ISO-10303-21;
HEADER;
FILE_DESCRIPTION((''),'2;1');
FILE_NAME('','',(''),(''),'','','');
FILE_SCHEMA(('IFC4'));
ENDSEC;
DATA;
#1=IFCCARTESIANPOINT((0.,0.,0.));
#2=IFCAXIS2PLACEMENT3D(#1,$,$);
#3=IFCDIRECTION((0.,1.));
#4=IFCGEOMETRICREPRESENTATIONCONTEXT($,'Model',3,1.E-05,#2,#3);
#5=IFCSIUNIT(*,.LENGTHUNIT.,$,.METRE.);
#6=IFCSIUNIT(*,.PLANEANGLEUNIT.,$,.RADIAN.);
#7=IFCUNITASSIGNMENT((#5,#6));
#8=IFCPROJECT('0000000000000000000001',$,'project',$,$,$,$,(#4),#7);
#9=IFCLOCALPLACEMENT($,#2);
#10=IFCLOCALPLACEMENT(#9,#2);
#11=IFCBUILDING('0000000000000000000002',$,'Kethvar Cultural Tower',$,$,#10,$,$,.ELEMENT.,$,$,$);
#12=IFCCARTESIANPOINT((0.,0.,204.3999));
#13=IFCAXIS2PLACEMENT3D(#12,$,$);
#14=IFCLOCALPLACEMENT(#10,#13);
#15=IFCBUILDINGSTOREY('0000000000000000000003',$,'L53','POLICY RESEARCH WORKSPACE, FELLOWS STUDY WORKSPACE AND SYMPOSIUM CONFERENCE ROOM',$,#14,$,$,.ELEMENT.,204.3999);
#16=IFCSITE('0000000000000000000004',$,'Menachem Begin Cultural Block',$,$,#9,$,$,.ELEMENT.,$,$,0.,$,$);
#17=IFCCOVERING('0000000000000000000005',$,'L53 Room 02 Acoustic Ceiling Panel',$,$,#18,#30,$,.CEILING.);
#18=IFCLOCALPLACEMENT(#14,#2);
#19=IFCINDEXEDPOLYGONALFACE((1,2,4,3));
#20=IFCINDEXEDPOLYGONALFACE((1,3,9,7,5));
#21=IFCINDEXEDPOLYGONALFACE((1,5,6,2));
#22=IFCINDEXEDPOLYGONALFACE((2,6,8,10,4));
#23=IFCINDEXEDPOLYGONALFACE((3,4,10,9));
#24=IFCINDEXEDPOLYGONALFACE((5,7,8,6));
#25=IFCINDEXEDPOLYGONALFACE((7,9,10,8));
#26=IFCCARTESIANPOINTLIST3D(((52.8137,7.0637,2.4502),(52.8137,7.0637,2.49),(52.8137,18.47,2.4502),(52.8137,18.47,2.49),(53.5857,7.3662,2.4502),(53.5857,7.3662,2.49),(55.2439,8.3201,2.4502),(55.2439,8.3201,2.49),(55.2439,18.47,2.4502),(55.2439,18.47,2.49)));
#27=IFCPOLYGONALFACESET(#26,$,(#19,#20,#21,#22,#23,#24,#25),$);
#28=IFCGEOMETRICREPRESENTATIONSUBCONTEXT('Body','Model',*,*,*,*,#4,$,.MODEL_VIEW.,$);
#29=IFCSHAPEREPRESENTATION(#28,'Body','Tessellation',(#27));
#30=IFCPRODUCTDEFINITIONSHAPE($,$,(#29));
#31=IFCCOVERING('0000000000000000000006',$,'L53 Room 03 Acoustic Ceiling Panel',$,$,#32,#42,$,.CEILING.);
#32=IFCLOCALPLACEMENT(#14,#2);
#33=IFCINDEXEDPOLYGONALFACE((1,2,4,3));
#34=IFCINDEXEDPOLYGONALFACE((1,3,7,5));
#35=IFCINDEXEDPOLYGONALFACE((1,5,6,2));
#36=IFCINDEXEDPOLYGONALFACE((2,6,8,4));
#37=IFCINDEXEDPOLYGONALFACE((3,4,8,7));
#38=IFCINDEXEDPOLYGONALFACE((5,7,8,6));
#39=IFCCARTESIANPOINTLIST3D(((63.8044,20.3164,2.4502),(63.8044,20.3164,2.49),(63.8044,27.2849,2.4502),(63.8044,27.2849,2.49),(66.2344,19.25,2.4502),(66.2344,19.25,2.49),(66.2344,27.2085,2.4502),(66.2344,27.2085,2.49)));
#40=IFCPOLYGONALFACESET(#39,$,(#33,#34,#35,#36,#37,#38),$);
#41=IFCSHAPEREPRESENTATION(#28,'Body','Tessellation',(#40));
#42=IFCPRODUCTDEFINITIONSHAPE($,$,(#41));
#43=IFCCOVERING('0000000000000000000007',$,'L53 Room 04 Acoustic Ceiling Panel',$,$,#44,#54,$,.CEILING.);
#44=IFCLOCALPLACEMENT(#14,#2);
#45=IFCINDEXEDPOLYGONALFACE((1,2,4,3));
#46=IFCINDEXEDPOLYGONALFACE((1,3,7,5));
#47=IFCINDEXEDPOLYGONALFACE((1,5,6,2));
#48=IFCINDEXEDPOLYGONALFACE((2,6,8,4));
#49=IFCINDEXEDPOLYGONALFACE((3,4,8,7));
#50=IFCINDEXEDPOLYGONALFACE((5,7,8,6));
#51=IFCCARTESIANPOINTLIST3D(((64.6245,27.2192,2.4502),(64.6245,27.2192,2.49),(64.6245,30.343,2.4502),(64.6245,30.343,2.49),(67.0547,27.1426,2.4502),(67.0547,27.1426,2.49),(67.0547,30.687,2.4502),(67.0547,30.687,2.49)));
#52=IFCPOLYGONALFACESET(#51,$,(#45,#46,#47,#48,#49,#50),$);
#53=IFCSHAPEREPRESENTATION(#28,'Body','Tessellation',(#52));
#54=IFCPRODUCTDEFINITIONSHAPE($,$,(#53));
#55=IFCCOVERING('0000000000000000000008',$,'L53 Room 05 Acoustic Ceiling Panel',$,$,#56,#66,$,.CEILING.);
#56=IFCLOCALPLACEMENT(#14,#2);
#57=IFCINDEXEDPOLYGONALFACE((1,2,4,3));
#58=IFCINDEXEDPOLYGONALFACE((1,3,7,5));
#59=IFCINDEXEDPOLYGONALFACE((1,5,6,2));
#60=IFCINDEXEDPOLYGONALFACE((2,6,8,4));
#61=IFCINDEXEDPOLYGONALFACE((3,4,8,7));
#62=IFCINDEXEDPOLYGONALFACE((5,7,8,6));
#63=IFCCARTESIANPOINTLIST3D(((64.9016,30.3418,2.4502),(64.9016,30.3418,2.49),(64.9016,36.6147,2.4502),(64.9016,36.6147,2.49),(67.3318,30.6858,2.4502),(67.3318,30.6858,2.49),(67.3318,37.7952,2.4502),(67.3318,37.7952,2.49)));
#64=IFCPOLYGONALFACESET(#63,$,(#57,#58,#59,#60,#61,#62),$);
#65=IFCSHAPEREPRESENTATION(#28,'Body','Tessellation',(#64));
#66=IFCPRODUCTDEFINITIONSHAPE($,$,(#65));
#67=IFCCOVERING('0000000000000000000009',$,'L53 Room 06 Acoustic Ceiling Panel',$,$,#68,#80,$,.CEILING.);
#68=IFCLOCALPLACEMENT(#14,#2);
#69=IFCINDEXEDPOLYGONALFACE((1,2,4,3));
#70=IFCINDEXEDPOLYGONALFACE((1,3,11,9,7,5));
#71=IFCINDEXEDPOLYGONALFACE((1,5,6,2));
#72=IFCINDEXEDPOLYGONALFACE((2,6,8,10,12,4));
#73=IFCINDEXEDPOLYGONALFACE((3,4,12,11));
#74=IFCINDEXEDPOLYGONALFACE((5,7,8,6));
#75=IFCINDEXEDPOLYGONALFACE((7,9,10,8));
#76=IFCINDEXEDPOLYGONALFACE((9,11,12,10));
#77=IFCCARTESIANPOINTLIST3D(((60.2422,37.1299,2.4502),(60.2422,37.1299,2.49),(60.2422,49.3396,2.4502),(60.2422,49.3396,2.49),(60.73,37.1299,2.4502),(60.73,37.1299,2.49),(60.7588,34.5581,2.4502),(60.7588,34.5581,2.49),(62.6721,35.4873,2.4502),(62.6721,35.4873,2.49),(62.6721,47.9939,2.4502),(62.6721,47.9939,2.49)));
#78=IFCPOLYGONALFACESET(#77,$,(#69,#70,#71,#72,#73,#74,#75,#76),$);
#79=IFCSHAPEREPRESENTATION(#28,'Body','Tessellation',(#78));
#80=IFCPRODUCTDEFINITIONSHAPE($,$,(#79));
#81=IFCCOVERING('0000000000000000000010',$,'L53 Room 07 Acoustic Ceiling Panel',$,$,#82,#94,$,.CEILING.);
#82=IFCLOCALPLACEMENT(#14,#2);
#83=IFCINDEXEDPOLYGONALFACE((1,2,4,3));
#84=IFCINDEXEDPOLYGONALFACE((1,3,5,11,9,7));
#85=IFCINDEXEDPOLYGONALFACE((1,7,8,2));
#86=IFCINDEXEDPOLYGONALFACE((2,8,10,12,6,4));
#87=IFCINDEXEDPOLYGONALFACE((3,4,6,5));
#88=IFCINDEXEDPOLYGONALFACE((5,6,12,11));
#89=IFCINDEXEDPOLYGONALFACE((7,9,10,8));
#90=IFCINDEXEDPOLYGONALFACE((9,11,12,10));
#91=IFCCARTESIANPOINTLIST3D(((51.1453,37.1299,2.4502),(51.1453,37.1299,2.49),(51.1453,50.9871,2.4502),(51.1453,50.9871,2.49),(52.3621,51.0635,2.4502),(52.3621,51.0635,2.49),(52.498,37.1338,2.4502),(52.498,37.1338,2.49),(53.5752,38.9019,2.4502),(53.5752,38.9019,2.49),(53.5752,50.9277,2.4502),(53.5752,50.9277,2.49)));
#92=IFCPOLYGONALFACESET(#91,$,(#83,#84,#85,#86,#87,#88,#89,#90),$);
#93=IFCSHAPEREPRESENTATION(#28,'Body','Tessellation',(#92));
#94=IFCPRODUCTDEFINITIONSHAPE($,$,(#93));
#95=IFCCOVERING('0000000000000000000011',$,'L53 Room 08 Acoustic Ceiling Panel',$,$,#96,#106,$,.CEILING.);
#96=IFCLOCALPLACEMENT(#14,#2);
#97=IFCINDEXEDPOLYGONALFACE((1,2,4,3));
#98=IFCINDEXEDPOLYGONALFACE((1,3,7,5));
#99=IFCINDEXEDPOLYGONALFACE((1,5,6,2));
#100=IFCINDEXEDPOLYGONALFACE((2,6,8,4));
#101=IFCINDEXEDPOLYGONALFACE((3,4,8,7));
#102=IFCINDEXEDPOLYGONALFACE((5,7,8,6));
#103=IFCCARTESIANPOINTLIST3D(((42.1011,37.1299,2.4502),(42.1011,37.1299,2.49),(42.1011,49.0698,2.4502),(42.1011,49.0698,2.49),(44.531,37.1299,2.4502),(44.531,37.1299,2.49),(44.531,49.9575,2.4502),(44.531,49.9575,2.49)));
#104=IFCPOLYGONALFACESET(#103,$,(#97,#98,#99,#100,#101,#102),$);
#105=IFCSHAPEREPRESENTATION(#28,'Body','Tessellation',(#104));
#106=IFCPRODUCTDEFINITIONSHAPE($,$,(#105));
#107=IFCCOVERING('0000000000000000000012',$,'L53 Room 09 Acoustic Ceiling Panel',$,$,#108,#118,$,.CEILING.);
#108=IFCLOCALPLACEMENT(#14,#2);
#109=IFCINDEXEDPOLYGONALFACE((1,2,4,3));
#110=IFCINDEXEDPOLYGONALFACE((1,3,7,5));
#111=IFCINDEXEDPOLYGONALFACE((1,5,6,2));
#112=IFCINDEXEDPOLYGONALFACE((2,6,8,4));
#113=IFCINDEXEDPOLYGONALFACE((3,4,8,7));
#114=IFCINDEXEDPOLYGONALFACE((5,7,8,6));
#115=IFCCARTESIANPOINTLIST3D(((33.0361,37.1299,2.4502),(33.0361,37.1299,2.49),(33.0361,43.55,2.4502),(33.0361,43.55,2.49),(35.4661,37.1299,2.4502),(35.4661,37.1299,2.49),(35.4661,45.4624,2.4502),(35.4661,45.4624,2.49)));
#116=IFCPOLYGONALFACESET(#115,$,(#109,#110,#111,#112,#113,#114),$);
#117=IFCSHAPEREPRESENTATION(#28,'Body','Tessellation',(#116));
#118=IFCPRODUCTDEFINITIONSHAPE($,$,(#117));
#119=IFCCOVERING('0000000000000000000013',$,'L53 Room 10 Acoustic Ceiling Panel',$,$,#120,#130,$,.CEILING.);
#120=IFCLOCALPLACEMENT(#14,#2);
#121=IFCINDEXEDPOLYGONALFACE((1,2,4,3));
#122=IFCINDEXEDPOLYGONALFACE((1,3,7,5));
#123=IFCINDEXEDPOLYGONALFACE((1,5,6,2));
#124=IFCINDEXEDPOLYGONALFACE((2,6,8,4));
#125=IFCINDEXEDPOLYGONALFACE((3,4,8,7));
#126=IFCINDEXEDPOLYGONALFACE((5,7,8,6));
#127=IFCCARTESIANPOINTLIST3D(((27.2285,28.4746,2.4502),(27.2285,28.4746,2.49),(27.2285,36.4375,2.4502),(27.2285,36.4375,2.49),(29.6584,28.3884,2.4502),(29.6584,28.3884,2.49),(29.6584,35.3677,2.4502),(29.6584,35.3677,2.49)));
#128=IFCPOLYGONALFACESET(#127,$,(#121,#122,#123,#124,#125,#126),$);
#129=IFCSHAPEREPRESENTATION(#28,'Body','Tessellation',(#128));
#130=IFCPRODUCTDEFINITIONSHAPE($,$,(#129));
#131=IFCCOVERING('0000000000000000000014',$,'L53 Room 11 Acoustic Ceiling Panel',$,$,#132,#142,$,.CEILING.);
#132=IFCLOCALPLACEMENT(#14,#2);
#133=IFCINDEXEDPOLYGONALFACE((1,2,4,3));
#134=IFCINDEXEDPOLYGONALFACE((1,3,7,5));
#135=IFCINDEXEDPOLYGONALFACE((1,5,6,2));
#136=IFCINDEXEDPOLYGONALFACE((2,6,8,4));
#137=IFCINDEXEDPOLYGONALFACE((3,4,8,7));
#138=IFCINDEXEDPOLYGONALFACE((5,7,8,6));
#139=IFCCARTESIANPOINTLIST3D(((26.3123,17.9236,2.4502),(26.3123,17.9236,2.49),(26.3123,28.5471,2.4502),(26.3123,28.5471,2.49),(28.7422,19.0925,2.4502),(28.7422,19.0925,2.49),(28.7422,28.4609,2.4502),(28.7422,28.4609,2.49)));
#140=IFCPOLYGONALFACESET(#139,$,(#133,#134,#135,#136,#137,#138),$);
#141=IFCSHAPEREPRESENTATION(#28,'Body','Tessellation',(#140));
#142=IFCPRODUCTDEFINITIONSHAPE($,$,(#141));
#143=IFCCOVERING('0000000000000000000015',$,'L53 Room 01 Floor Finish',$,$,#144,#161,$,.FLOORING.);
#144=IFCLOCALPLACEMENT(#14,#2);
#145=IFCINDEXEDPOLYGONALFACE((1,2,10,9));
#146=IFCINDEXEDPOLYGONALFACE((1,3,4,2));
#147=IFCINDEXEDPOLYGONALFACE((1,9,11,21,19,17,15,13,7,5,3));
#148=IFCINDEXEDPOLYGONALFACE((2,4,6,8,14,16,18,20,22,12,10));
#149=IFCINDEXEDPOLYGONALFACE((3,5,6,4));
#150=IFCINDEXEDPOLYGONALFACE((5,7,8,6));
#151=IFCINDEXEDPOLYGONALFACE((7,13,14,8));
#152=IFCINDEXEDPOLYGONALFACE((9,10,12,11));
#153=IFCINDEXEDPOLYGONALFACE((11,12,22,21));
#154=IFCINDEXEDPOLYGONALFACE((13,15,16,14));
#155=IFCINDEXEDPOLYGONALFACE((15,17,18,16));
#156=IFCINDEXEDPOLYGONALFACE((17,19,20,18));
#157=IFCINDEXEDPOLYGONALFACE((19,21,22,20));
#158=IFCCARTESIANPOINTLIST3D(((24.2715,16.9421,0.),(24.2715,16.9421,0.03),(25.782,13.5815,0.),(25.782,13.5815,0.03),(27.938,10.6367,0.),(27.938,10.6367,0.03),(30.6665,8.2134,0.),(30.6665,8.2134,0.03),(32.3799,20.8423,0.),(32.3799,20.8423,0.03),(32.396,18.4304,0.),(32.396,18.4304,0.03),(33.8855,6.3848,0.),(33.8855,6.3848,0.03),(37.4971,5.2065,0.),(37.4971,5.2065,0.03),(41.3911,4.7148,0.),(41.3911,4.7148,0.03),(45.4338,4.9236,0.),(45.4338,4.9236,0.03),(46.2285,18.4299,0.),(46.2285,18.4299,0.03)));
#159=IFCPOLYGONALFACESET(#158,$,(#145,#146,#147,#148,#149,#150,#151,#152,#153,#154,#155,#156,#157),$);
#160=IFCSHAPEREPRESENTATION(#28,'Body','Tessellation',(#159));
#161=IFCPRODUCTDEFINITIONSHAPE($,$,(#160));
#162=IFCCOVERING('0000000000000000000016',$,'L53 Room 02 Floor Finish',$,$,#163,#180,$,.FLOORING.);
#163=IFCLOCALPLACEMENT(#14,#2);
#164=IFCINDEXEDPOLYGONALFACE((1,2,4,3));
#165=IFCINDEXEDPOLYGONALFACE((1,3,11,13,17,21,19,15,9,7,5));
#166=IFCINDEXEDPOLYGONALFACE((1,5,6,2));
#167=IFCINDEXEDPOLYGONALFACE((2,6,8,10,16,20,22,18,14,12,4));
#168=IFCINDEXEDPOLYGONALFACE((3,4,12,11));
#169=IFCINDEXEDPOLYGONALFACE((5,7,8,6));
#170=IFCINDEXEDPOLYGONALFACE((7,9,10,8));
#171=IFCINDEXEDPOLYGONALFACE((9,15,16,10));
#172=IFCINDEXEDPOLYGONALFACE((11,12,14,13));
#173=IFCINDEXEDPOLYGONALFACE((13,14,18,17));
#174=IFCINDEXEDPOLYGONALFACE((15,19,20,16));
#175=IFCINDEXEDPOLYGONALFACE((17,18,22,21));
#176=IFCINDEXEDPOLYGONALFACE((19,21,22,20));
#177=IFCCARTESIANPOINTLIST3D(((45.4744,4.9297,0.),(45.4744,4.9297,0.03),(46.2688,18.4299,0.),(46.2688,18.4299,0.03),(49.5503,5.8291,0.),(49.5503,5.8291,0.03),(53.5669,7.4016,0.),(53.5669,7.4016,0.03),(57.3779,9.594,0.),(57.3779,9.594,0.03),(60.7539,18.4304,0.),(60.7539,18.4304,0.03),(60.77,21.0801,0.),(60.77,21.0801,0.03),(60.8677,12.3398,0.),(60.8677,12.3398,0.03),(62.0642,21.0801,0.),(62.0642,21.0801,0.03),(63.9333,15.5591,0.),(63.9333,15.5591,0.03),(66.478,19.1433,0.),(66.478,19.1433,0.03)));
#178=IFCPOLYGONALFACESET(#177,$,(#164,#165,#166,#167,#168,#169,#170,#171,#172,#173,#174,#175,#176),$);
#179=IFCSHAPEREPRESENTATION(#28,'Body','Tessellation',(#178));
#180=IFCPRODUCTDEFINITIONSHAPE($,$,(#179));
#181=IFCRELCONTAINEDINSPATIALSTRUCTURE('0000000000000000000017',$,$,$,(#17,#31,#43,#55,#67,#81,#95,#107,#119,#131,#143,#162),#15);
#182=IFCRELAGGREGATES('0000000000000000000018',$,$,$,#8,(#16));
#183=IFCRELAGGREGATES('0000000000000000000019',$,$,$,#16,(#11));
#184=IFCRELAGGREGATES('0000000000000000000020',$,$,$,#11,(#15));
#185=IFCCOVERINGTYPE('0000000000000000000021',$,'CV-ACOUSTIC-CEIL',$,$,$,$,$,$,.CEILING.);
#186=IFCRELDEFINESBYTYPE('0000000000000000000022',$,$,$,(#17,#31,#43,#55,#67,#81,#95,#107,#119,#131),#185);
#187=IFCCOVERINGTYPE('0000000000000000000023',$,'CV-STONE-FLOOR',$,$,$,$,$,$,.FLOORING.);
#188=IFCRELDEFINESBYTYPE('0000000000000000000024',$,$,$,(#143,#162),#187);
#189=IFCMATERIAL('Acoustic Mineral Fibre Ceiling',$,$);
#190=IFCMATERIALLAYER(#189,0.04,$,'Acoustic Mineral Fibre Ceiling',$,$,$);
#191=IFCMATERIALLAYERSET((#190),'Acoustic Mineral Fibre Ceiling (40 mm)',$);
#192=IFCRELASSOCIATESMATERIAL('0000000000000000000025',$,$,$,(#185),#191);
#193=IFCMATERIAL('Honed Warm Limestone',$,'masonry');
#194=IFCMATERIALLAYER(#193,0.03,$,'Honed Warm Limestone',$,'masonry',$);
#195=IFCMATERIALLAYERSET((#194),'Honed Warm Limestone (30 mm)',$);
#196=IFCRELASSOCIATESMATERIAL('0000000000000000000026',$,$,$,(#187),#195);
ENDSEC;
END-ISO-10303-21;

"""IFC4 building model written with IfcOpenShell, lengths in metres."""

from ifc_helpers import new_model, si_unit, direction, frame, origin, place, context, subcontext, project, spatial, polyline, outline, extrude, material, layer, layer_set, type_object, element, save


model = new_model("IFC4")

# Units and contexts
model_context = context("Model", 3, precision=1e-05, world=origin(), true_north=direction((0.0, 1.0)))
body_context = subcontext(model_context, "Body", "Model", "MODEL_VIEW")
ifc_project = project(units=[si_unit("LENGTHUNIT", "METRE"), si_unit("PLANEANGLEUNIT", "RADIAN")], contexts=[model_context])

# Site, building, storey
site_placement = place(None, origin())
site = spatial("IfcSite", under=ifc_project, at=site_placement, Name="Menachem Begin Cultural Block", CompositionType="ELEMENT", RefElevation=0.0)
building_placement = place(site_placement, origin())
building = spatial("IfcBuilding", under=site, at=building_placement, Name="Kethvar Cultural Tower", CompositionType="ELEMENT")
storey_placement = place(building_placement, frame((0.0, 0.0, 204.3999)))
storey = spatial("IfcBuildingStorey", under=building, at=storey_placement, Name="L53", Description="POLICY RESEARCH WORKSPACE, FELLOWS STUDY WORKSPACE AND SYMPOSIUM CONFERENCE ROOM", CompositionType="ELEMENT", Elevation=204.3999)

# Coverings
ifc_material_1 = material(Name="Acoustic Mineral Fibre Ceiling")
ifc_layer_1 = layer(ifc_material_1, 0.04, Name="Acoustic Mineral Fibre Ceiling")
ifc_layer_set_1 = layer_set([ifc_layer_1], Name="Acoustic Mineral Fibre Ceiling (40 mm)")
covering_type_1 = type_object("IfcCoveringType", Name="CV-ACOUSTIC-CEIL", PredefinedType="CEILING", material=ifc_layer_set_1)
covering_1_placement = place(storey_placement, frame((0.0, 0.0, 2.4502)))
element("IfcCovering", 1, at=covering_1_placement, inside=storey, type_object=covering_type_1, Name="L53 Room 02 Acoustic Ceiling Panel", PredefinedType="CEILING", context=body_context, shape_type="SweptSolid", body=[
    extrude(outline(polyline([(53.5857, 7.3662), (52.8137, 7.0637), (52.8137, 18.47), (55.2439, 18.47), (55.2439, 8.3201), (53.5857, 7.3662)])), origin(), (0.0, 0.0, 1.0), 0.0398),
])
covering_2_placement = place(storey_placement, frame((0.0, 0.0, 2.4502)))
element("IfcCovering", 2, at=covering_2_placement, inside=storey, type_object=covering_type_1, Name="L53 Room 03 Acoustic Ceiling Panel", PredefinedType="CEILING", context=body_context, shape_type="SweptSolid", body=[
    extrude(outline(polyline([(63.8044, 20.3164), (63.8044, 27.2849), (66.2344, 27.2085), (66.2344, 19.25), (63.8044, 20.3164)])), origin(), (0.0, 0.0, 1.0), 0.0398),
])
covering_3_placement = place(storey_placement, frame((0.0, 0.0, 2.4502)))
element("IfcCovering", 3, at=covering_3_placement, inside=storey, type_object=covering_type_1, Name="L53 Room 04 Acoustic Ceiling Panel", PredefinedType="CEILING", context=body_context, shape_type="SweptSolid", body=[
    extrude(outline(polyline([(64.6245, 27.2192), (64.6245, 30.343), (67.0547, 30.687), (67.0547, 27.1426), (64.6245, 27.2192)])), origin(), (0.0, 0.0, 1.0), 0.0398),
])
covering_4_placement = place(storey_placement, frame((0.0, 0.0, 2.4502)))
element("IfcCovering", 4, at=covering_4_placement, inside=storey, type_object=covering_type_1, Name="L53 Room 05 Acoustic Ceiling Panel", PredefinedType="CEILING", context=body_context, shape_type="SweptSolid", body=[
    extrude(outline(polyline([(64.9016, 30.3418), (64.9016, 36.6147), (67.3318, 37.7952), (67.3318, 30.6858), (64.9016, 30.3418)])), origin(), (0.0, 0.0, 1.0), 0.0398),
])
covering_5_placement = place(storey_placement, frame((0.0, 0.0, 2.4502)))
element("IfcCovering", 5, at=covering_5_placement, inside=storey, type_object=covering_type_1, Name="L53 Room 06 Acoustic Ceiling Panel", PredefinedType="CEILING", context=body_context, shape_type="SweptSolid", body=[
    extrude(outline(polyline([(60.7588, 34.5581), (60.73, 37.1299), (60.2422, 37.1299), (60.2422, 49.3396), (62.6721, 47.9939), (62.6721, 35.4873), (60.7588, 34.5581)])), origin(), (0.0, 0.0, 1.0), 0.0398),
])
covering_6_placement = place(storey_placement, frame((0.0, 0.0, 2.4502)))
element("IfcCovering", 6, at=covering_6_placement, inside=storey, type_object=covering_type_1, Name="L53 Room 07 Acoustic Ceiling Panel", PredefinedType="CEILING", context=body_context, shape_type="SweptSolid", body=[
    extrude(outline(polyline([(52.3621, 51.0635), (53.5752, 50.9277), (53.5752, 38.9019), (52.498, 37.1338), (51.1453, 37.1299), (51.1453, 50.9871), (52.3621, 51.0635)])), origin(), (0.0, 0.0, 1.0), 0.0398),
])
covering_7_placement = place(storey_placement, frame((0.0, 0.0, 2.4502)))
element("IfcCovering", 7, at=covering_7_placement, inside=storey, type_object=covering_type_1, Name="L53 Room 08 Acoustic Ceiling Panel", PredefinedType="CEILING", context=body_context, shape_type="SweptSolid", body=[
    extrude(outline(polyline([(42.1011, 49.0698), (44.531, 49.9575), (44.531, 37.1299), (42.1011, 37.1299), (42.1011, 49.0698)])), origin(), (0.0, 0.0, 1.0), 0.0398),
])
covering_8_placement = place(storey_placement, frame((0.0, 0.0, 2.4502)))
element("IfcCovering", 8, at=covering_8_placement, inside=storey, type_object=covering_type_1, Name="L53 Room 09 Acoustic Ceiling Panel", PredefinedType="CEILING", context=body_context, shape_type="SweptSolid", body=[
    extrude(outline(polyline([(35.4661, 45.4624), (35.4661, 37.1299), (33.0361, 37.1299), (33.0361, 43.55), (35.4661, 45.4624)])), origin(), (0.0, 0.0, 1.0), 0.0398),
])
covering_9_placement = place(storey_placement, frame((0.0, 0.0, 2.4502)))
element("IfcCovering", 9, at=covering_9_placement, inside=storey, type_object=covering_type_1, Name="L53 Room 10 Acoustic Ceiling Panel", PredefinedType="CEILING", context=body_context, shape_type="SweptSolid", body=[
    extrude(outline(polyline([(29.6584, 35.3677), (29.6584, 28.3884), (27.2285, 28.4746), (27.2285, 36.4375), (29.6584, 35.3677)])), origin(), (0.0, 0.0, 1.0), 0.0398),
])
covering_10_placement = place(storey_placement, frame((0.0, 0.0, 2.4502)))
element("IfcCovering", 10, at=covering_10_placement, inside=storey, type_object=covering_type_1, Name="L53 Room 11 Acoustic Ceiling Panel", PredefinedType="CEILING", context=body_context, shape_type="SweptSolid", body=[
    extrude(outline(polyline([(28.7422, 28.4609), (28.7422, 19.0925), (26.3123, 17.9236), (26.3123, 28.5471), (28.7422, 28.4609)])), origin(), (0.0, 0.0, 1.0), 0.0398),
])
ifc_material_2 = material(Name="Honed Warm Limestone", Category="masonry")
ifc_layer_2 = layer(ifc_material_2, 0.03, Name="Honed Warm Limestone", Category="masonry")
ifc_layer_set_2 = layer_set([ifc_layer_2], Name="Honed Warm Limestone (30 mm)")
covering_type_2 = type_object("IfcCoveringType", Name="CV-STONE-FLOOR", PredefinedType="FLOORING", material=ifc_layer_set_2)
covering_11_placement = place(storey_placement, origin())
element("IfcCovering", 11, at=covering_11_placement, inside=storey, type_object=covering_type_2, Name="L53 Room 01 Floor Finish", PredefinedType="FLOORING", context=body_context, shape_type="SweptSolid", body=[
    extrude(outline(polyline([(41.3911, 4.7148), (37.4971, 5.2065), (33.8855, 6.3848), (30.6665, 8.2134), (27.938, 10.6367), (25.782, 13.5815), (24.2715, 16.9421), (32.3799, 20.8423), (32.396, 18.4304), (46.2285, 18.4299), (45.4338, 4.9236), (41.3911, 4.7148)])), origin(), (0.0, 0.0, 1.0), 0.03),
])
covering_12_placement = place(storey_placement, origin())
element("IfcCovering", 12, at=covering_12_placement, inside=storey, type_object=covering_type_2, Name="L53 Room 02 Floor Finish", PredefinedType="FLOORING", context=body_context, shape_type="SweptSolid", body=[
    extrude(outline(polyline([(63.9333, 15.5591), (60.8677, 12.3398), (57.3779, 9.594), (53.5669, 7.4016), (49.5503, 5.8291), (45.4744, 4.9297), (46.2688, 18.4299), (60.7539, 18.4304), (60.77, 21.0801), (62.0642, 21.0801), (66.478, 19.1433), (63.9333, 15.5591)])), origin(), (0.0, 0.0, 1.0), 0.03),
])

save(model, "model.ifc")
